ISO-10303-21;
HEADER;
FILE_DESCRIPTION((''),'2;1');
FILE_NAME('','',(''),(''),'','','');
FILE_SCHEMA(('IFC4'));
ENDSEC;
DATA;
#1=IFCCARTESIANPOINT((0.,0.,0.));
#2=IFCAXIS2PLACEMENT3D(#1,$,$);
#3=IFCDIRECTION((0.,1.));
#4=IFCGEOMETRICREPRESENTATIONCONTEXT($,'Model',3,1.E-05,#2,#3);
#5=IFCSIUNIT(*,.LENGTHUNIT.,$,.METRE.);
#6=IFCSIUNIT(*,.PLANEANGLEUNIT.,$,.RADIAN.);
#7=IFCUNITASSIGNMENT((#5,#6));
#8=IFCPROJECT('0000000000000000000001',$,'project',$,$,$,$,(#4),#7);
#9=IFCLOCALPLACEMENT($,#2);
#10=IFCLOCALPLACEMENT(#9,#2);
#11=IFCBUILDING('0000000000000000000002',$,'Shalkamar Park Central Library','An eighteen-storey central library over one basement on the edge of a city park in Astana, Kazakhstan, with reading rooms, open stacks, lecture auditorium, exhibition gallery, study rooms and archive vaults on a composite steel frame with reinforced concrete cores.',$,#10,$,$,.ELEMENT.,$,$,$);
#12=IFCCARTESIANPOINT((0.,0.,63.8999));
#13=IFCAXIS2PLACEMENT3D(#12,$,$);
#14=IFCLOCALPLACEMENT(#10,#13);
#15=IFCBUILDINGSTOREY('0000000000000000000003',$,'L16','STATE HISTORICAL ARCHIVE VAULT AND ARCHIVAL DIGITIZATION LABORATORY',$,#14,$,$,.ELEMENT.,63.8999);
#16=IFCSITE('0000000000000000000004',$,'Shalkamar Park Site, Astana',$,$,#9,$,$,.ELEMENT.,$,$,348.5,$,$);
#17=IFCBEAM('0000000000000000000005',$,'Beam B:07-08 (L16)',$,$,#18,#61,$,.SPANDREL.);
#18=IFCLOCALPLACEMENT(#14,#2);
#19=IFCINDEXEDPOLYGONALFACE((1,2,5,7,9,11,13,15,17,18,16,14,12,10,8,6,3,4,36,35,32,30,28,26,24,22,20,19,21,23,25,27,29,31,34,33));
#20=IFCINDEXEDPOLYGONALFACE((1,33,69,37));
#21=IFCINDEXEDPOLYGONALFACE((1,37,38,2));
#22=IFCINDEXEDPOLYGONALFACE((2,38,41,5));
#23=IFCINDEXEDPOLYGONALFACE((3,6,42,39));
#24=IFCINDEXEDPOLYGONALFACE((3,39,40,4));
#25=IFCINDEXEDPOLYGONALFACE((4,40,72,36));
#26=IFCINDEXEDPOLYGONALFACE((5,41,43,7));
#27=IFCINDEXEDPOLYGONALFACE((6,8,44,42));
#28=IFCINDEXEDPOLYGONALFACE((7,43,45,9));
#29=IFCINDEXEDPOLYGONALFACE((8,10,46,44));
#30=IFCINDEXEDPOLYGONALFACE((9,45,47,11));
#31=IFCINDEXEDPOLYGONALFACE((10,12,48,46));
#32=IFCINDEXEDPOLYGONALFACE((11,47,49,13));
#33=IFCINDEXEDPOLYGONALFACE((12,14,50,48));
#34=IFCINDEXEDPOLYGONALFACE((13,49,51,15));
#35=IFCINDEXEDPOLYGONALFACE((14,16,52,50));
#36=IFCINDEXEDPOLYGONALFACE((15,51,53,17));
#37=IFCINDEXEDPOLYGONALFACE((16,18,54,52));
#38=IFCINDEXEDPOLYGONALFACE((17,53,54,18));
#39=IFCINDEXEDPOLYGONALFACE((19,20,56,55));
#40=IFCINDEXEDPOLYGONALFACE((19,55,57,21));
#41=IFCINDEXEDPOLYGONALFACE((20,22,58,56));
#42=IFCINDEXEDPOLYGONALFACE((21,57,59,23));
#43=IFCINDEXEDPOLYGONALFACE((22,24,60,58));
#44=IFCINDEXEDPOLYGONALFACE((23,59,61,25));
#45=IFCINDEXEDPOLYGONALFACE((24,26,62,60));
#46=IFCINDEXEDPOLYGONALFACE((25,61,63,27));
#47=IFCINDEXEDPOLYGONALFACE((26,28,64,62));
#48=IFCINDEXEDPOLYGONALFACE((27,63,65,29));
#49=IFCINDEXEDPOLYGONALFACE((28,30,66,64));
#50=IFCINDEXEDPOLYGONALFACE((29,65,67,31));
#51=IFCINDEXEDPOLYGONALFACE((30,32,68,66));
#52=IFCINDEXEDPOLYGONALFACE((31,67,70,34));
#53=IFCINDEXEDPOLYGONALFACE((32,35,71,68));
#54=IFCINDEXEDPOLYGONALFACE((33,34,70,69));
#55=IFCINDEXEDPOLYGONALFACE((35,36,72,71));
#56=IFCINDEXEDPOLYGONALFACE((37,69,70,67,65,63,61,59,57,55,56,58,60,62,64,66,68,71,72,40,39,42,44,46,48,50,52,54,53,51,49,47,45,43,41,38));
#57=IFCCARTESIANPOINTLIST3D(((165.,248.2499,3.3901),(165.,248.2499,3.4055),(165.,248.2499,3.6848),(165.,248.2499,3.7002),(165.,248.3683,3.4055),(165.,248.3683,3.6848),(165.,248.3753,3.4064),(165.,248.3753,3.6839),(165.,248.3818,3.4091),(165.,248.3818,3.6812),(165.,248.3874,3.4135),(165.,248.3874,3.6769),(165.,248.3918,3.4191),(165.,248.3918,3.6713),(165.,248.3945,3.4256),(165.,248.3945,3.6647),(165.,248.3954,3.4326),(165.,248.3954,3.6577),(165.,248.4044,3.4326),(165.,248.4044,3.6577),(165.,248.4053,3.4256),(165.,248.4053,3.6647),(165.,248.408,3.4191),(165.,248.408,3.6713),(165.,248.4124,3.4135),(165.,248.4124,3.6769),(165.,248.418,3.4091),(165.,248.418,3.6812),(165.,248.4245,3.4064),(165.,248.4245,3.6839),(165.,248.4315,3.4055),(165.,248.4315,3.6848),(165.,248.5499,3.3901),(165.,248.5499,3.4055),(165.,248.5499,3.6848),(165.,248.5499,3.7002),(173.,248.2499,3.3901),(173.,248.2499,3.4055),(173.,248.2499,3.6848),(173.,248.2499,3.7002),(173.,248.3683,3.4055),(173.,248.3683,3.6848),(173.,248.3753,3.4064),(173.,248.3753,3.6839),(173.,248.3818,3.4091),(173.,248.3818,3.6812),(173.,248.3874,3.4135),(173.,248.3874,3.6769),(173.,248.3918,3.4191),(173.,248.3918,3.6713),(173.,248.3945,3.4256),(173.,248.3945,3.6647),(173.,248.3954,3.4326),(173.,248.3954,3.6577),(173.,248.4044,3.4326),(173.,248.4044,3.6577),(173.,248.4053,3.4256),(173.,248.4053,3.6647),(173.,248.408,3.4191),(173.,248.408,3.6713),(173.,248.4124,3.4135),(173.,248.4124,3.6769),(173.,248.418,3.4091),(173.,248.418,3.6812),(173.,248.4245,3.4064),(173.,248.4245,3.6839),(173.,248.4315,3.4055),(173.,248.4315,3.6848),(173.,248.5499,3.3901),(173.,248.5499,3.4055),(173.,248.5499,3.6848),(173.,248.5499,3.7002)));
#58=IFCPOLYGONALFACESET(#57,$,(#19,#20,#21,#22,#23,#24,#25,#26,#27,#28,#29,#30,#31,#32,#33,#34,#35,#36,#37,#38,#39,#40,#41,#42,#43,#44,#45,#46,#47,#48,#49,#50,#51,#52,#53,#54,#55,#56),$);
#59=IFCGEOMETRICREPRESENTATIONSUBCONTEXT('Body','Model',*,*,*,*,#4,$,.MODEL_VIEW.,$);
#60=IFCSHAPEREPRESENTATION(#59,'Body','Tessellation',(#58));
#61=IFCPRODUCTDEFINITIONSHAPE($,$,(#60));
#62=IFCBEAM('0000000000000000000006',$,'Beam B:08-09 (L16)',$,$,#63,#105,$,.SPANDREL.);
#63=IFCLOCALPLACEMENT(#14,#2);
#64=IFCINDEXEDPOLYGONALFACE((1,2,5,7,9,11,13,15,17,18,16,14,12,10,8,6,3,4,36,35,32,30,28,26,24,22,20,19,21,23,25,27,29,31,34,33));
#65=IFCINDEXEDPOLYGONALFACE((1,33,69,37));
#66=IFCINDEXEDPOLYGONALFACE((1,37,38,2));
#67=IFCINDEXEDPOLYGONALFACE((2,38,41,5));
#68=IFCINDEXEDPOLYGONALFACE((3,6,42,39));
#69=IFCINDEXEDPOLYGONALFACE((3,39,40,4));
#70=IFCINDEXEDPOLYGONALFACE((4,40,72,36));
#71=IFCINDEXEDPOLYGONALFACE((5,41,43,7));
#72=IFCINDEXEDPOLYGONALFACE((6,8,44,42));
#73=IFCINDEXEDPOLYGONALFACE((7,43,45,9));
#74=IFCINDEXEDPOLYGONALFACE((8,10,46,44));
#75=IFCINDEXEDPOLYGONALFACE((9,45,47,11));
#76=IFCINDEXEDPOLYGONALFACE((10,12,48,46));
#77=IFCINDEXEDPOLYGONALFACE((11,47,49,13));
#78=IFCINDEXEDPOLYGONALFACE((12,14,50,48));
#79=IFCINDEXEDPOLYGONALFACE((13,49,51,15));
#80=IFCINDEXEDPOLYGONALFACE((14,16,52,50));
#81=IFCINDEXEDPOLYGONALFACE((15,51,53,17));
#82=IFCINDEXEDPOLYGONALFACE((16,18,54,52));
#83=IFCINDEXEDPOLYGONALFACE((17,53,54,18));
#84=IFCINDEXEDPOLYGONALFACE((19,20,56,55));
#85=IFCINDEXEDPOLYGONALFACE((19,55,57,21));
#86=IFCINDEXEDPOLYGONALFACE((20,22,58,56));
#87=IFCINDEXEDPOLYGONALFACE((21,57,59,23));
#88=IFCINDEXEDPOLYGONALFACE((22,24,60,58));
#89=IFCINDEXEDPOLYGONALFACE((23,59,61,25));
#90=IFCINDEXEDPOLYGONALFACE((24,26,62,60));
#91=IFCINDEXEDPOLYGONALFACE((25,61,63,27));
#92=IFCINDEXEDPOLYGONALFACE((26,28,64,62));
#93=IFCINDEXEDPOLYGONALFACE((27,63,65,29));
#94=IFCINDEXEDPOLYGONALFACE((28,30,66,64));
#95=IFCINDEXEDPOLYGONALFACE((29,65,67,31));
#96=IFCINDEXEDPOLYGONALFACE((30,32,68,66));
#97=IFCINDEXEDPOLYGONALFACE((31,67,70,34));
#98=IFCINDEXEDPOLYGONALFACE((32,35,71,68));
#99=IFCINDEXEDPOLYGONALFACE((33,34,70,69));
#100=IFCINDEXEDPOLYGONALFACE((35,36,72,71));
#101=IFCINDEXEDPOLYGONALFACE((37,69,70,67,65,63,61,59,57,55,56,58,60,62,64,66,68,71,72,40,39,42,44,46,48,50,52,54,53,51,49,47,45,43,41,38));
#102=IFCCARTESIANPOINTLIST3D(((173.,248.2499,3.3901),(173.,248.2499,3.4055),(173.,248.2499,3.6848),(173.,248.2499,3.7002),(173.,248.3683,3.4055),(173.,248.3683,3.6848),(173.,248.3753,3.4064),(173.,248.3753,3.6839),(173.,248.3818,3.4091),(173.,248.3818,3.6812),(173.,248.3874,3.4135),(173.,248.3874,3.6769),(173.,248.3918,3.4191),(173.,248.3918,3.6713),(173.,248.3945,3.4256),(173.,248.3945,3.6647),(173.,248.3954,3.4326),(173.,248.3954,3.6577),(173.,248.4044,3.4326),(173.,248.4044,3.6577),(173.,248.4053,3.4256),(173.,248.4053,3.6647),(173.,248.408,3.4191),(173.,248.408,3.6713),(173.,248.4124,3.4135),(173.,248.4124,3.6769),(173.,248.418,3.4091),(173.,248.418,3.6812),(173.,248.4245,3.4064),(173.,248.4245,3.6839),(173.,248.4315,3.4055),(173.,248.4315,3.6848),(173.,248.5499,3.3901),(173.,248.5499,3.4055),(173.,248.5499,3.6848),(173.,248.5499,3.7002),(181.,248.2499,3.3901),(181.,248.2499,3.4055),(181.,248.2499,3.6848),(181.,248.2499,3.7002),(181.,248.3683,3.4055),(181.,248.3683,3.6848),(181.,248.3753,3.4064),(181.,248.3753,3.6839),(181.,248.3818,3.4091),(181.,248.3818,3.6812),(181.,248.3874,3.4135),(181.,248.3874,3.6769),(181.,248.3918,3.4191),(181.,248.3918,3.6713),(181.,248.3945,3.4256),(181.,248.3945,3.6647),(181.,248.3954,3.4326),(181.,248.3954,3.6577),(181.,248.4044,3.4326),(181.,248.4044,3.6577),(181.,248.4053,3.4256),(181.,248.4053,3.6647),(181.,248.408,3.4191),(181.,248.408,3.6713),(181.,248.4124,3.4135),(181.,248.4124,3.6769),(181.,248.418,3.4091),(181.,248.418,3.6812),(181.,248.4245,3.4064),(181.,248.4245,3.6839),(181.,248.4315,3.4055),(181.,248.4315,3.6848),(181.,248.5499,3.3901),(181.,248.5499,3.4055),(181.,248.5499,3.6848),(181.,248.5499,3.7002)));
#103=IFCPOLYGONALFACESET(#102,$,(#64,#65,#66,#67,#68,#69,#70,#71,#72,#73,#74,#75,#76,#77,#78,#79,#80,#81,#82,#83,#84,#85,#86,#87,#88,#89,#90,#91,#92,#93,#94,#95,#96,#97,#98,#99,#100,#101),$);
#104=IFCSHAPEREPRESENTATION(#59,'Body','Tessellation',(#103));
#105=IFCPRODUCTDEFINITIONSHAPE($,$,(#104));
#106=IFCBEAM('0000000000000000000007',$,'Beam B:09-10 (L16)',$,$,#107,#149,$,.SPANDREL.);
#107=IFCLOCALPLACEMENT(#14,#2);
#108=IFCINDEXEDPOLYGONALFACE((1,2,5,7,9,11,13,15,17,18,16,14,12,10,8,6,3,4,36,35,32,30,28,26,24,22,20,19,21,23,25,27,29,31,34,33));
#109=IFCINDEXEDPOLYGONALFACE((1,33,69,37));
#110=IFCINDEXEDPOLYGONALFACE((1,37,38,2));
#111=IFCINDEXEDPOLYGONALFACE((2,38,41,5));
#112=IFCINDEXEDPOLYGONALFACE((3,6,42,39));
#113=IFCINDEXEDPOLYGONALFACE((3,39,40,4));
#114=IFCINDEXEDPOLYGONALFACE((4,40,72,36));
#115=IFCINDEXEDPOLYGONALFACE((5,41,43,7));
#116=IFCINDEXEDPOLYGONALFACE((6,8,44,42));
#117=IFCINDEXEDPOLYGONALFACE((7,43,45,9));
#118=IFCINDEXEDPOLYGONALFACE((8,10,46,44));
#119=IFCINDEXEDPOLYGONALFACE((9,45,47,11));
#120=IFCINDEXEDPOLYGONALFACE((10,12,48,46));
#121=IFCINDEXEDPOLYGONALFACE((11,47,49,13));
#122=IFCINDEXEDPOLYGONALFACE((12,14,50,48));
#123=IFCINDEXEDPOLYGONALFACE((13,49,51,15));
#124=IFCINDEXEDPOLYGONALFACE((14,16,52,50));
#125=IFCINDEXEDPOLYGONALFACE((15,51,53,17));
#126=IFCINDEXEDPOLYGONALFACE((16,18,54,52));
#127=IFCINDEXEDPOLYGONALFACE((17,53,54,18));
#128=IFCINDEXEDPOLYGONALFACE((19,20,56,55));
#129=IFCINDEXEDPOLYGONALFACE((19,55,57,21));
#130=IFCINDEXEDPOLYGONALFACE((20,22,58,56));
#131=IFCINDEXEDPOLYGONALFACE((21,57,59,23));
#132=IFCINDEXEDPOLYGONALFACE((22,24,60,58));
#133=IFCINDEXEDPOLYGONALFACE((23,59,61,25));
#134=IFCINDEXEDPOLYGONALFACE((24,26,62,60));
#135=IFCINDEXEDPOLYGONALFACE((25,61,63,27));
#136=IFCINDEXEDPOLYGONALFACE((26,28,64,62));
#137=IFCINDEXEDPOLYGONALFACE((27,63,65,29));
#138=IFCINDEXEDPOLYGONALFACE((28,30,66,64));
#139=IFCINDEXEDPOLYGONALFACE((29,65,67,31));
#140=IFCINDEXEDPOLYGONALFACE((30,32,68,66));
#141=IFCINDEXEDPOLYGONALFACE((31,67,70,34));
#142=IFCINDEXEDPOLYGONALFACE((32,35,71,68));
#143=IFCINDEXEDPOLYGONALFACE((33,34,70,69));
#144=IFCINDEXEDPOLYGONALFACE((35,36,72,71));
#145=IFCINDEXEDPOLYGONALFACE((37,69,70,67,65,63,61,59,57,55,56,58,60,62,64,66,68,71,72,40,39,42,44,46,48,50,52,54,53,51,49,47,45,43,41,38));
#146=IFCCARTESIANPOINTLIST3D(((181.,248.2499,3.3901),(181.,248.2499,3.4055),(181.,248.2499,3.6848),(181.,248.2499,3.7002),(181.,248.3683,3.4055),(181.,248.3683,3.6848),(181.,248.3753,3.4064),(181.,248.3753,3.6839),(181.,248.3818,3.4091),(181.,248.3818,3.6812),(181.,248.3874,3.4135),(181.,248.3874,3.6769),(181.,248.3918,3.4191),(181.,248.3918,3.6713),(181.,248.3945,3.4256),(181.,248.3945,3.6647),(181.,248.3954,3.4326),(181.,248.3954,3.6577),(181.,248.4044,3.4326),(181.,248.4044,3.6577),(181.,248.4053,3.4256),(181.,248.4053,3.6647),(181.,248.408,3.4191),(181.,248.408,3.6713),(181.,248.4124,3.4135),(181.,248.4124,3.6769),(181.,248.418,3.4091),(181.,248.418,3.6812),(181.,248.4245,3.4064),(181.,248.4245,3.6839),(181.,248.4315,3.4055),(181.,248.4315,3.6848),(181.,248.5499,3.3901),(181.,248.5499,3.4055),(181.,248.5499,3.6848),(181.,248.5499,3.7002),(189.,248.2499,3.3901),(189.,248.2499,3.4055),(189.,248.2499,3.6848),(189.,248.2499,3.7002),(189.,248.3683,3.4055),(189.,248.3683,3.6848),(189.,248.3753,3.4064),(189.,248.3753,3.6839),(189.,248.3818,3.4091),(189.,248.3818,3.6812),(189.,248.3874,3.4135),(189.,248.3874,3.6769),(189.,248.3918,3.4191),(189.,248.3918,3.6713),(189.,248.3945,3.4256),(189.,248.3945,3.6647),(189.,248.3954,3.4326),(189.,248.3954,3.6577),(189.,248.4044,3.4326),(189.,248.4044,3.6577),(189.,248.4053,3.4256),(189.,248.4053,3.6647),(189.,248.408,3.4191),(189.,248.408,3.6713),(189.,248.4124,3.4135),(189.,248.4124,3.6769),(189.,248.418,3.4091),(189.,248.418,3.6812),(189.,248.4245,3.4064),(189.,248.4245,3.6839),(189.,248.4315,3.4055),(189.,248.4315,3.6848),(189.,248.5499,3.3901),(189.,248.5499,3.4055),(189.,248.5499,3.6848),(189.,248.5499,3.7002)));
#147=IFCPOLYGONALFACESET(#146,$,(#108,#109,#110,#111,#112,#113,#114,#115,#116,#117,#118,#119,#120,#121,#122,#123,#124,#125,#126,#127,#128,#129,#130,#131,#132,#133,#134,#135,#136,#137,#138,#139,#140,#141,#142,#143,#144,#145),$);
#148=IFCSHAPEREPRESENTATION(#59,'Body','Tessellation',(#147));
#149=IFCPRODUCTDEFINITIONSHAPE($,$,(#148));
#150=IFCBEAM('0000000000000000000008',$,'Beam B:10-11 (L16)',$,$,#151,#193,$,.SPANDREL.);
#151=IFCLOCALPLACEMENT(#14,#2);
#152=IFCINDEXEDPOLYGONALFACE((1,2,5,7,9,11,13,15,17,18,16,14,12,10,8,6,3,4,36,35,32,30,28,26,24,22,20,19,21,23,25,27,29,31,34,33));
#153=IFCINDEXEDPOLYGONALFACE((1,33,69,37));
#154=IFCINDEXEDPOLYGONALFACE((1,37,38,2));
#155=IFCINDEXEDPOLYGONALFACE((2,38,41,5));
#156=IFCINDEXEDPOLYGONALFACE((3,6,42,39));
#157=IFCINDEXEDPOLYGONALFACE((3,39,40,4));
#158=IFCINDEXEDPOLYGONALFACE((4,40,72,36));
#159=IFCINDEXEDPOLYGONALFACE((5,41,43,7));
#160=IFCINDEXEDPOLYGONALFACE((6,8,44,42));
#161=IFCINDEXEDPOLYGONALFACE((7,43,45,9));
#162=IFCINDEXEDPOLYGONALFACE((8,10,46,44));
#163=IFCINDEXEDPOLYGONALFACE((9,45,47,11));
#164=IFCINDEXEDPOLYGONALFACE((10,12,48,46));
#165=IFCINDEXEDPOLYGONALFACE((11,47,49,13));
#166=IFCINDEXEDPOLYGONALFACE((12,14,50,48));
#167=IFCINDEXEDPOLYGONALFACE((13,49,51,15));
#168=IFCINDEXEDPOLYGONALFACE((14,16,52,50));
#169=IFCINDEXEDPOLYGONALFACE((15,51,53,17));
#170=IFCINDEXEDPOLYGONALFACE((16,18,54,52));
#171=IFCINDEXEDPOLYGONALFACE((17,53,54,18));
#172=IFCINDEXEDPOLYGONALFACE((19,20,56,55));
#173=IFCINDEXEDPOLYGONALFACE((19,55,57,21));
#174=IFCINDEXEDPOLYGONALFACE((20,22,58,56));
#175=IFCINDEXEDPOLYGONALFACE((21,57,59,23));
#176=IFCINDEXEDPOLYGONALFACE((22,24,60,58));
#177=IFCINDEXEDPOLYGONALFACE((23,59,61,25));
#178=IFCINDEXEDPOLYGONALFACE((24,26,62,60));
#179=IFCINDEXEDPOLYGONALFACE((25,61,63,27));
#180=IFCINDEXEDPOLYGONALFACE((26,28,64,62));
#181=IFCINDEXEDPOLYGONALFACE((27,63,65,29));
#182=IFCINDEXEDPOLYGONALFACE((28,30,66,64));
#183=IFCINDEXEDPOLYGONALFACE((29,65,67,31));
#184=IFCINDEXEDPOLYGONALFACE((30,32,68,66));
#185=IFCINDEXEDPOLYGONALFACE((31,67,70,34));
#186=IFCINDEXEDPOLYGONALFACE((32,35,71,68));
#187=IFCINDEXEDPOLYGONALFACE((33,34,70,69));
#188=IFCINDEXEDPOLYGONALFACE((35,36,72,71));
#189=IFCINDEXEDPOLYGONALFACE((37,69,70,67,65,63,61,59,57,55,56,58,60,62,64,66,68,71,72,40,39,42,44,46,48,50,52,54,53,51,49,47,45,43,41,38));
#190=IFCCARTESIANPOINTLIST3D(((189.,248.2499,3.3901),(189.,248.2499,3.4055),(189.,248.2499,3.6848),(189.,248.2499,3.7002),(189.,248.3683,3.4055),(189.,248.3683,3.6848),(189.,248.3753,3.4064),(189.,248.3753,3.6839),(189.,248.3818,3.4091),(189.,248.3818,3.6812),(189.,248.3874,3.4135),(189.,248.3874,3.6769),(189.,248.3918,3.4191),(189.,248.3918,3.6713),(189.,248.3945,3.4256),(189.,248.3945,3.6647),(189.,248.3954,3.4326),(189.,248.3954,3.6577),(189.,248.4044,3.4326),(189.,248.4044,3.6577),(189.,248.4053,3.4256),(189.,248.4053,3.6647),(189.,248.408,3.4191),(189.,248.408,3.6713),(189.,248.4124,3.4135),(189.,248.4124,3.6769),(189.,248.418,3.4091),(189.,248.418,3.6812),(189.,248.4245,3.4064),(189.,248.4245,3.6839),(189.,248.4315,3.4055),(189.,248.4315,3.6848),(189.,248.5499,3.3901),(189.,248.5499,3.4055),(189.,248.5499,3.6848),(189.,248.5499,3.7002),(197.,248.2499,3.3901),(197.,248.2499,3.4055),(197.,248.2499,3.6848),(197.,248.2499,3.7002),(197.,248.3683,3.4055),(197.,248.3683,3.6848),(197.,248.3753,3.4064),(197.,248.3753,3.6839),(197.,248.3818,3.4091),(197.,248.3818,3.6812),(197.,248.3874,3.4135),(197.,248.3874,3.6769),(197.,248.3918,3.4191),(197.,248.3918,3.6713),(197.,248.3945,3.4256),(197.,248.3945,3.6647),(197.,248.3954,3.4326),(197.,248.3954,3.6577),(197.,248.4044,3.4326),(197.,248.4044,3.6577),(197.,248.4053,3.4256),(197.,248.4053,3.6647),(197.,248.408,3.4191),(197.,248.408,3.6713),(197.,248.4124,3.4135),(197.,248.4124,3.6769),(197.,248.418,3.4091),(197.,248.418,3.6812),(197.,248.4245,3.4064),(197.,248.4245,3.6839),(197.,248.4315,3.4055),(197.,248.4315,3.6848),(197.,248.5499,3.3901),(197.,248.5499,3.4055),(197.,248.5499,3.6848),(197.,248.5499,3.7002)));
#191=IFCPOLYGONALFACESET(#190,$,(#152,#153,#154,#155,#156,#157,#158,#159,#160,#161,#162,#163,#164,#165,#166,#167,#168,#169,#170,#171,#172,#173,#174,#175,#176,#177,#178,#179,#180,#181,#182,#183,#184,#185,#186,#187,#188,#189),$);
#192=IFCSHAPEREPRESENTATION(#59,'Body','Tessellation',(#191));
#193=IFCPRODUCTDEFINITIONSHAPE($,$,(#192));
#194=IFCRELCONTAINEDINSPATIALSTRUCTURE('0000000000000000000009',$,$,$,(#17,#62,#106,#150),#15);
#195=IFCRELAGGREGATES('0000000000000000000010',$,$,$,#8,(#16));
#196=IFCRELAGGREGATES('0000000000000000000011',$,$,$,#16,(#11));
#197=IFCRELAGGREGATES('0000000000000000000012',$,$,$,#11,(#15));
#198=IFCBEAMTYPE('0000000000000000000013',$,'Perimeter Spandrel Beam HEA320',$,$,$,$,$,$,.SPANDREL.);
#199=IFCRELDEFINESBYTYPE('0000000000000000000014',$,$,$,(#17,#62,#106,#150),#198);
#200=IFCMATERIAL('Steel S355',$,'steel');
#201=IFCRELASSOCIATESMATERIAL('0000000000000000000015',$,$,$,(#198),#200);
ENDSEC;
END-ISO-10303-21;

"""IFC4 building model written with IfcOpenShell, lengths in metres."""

from ifc_helpers import new_model, si_unit, direction, frame, origin, origin_2d, place, context, subcontext, project, spatial, i_section, extrude, material, material_profile, profile_set, type_object, element, save


model = new_model("IFC4")

# Units and contexts
model_context = context("Model", 3, precision=1e-05, world=origin(), true_north=direction((0.0, 1.0)))
body_context = subcontext(model_context, "Body", "Model", "MODEL_VIEW")
ifc_project = project(units=[si_unit("LENGTHUNIT", "METRE"), si_unit("PLANEANGLEUNIT", "RADIAN")], contexts=[model_context])

# Site, building, storey
site_placement = place(None, origin())
site = spatial("IfcSite", under=ifc_project, at=site_placement, Name="Shalkamar Park Site, Astana", CompositionType="ELEMENT", RefElevation=348.5)
building_placement = place(site_placement, origin())
building = spatial("IfcBuilding", under=site, at=building_placement, Name="Shalkamar Park Central Library", Description="An eighteen-storey central library over one basement on the edge of a city park in Astana, Kazakhstan, with reading rooms, open stacks, lecture auditorium, exhibition gallery, study rooms and archive vaults on a composite steel frame with reinforced concrete cores.", CompositionType="ELEMENT")
storey_placement = place(building_placement, frame((0.0, 0.0, 63.8999)))
storey = spatial("IfcBuildingStorey", under=building, at=storey_placement, Name="L16", Description="STATE HISTORICAL ARCHIVE VAULT AND ARCHIVAL DIGITIZATION LABORATORY", CompositionType="ELEMENT", Elevation=63.8999)

# Shared definitions
ifc_material_1 = material(Name="Steel S355", Category="steel")

# Beams
ifc_material_profile_1 = material_profile(ifc_material_1, i_section(OverallWidth=0.3, OverallDepth=0.3101, WebThickness=0.009, FlangeThickness=0.0154, FilletRadius=0.0271, at=origin_2d()), Name="HEA 320")
ifc_profile_set_1 = profile_set([ifc_material_profile_1], Name="Steel S355")
beam_type_1 = type_object("IfcBeamType", Name="Perimeter Spandrel Beam HEA320", PredefinedType="SPANDREL", material=ifc_profile_set_1)
for number, where, z_axis, x_axis, name in (
    (1, (165.0, 248.3999, 3.5452), (1.0, 0.0, 0.0), (0.0, 1.0, 0.0), "Beam B:07-08 (L16)"),
    (2, (173.0, 248.3999, 3.5452), (1.0, 0.0, 0.0), (0.0, 1.0, 0.0), "Beam B:08-09 (L16)"),
    (3, (181.0, 248.3999, 3.5452), (1.0, 0.0, 0.0), (0.0, 1.0, 0.0), "Beam B:09-10 (L16)"),
    (4, (189.0, 248.3999, 3.5452), (1.0, 0.0, 0.0), (0.0, 1.0, 0.0), "Beam B:10-11 (L16)"),
):
    element("IfcBeam", number, at=place(storey_placement, frame(where, z_axis=z_axis, x_axis=x_axis)), inside=storey, type_object=beam_type_1, Name=name, PredefinedType="SPANDREL", context=body_context, shape_type="SweptSolid", body=[
        extrude(i_section(OverallWidth=0.3, OverallDepth=0.3101, WebThickness=0.009, FlangeThickness=0.0154, FilletRadius=0.0271, at=origin_2d()), origin(), (0.0, 0.0, 1.0), 8.0),
    ])

save(model, "model.ifc")
